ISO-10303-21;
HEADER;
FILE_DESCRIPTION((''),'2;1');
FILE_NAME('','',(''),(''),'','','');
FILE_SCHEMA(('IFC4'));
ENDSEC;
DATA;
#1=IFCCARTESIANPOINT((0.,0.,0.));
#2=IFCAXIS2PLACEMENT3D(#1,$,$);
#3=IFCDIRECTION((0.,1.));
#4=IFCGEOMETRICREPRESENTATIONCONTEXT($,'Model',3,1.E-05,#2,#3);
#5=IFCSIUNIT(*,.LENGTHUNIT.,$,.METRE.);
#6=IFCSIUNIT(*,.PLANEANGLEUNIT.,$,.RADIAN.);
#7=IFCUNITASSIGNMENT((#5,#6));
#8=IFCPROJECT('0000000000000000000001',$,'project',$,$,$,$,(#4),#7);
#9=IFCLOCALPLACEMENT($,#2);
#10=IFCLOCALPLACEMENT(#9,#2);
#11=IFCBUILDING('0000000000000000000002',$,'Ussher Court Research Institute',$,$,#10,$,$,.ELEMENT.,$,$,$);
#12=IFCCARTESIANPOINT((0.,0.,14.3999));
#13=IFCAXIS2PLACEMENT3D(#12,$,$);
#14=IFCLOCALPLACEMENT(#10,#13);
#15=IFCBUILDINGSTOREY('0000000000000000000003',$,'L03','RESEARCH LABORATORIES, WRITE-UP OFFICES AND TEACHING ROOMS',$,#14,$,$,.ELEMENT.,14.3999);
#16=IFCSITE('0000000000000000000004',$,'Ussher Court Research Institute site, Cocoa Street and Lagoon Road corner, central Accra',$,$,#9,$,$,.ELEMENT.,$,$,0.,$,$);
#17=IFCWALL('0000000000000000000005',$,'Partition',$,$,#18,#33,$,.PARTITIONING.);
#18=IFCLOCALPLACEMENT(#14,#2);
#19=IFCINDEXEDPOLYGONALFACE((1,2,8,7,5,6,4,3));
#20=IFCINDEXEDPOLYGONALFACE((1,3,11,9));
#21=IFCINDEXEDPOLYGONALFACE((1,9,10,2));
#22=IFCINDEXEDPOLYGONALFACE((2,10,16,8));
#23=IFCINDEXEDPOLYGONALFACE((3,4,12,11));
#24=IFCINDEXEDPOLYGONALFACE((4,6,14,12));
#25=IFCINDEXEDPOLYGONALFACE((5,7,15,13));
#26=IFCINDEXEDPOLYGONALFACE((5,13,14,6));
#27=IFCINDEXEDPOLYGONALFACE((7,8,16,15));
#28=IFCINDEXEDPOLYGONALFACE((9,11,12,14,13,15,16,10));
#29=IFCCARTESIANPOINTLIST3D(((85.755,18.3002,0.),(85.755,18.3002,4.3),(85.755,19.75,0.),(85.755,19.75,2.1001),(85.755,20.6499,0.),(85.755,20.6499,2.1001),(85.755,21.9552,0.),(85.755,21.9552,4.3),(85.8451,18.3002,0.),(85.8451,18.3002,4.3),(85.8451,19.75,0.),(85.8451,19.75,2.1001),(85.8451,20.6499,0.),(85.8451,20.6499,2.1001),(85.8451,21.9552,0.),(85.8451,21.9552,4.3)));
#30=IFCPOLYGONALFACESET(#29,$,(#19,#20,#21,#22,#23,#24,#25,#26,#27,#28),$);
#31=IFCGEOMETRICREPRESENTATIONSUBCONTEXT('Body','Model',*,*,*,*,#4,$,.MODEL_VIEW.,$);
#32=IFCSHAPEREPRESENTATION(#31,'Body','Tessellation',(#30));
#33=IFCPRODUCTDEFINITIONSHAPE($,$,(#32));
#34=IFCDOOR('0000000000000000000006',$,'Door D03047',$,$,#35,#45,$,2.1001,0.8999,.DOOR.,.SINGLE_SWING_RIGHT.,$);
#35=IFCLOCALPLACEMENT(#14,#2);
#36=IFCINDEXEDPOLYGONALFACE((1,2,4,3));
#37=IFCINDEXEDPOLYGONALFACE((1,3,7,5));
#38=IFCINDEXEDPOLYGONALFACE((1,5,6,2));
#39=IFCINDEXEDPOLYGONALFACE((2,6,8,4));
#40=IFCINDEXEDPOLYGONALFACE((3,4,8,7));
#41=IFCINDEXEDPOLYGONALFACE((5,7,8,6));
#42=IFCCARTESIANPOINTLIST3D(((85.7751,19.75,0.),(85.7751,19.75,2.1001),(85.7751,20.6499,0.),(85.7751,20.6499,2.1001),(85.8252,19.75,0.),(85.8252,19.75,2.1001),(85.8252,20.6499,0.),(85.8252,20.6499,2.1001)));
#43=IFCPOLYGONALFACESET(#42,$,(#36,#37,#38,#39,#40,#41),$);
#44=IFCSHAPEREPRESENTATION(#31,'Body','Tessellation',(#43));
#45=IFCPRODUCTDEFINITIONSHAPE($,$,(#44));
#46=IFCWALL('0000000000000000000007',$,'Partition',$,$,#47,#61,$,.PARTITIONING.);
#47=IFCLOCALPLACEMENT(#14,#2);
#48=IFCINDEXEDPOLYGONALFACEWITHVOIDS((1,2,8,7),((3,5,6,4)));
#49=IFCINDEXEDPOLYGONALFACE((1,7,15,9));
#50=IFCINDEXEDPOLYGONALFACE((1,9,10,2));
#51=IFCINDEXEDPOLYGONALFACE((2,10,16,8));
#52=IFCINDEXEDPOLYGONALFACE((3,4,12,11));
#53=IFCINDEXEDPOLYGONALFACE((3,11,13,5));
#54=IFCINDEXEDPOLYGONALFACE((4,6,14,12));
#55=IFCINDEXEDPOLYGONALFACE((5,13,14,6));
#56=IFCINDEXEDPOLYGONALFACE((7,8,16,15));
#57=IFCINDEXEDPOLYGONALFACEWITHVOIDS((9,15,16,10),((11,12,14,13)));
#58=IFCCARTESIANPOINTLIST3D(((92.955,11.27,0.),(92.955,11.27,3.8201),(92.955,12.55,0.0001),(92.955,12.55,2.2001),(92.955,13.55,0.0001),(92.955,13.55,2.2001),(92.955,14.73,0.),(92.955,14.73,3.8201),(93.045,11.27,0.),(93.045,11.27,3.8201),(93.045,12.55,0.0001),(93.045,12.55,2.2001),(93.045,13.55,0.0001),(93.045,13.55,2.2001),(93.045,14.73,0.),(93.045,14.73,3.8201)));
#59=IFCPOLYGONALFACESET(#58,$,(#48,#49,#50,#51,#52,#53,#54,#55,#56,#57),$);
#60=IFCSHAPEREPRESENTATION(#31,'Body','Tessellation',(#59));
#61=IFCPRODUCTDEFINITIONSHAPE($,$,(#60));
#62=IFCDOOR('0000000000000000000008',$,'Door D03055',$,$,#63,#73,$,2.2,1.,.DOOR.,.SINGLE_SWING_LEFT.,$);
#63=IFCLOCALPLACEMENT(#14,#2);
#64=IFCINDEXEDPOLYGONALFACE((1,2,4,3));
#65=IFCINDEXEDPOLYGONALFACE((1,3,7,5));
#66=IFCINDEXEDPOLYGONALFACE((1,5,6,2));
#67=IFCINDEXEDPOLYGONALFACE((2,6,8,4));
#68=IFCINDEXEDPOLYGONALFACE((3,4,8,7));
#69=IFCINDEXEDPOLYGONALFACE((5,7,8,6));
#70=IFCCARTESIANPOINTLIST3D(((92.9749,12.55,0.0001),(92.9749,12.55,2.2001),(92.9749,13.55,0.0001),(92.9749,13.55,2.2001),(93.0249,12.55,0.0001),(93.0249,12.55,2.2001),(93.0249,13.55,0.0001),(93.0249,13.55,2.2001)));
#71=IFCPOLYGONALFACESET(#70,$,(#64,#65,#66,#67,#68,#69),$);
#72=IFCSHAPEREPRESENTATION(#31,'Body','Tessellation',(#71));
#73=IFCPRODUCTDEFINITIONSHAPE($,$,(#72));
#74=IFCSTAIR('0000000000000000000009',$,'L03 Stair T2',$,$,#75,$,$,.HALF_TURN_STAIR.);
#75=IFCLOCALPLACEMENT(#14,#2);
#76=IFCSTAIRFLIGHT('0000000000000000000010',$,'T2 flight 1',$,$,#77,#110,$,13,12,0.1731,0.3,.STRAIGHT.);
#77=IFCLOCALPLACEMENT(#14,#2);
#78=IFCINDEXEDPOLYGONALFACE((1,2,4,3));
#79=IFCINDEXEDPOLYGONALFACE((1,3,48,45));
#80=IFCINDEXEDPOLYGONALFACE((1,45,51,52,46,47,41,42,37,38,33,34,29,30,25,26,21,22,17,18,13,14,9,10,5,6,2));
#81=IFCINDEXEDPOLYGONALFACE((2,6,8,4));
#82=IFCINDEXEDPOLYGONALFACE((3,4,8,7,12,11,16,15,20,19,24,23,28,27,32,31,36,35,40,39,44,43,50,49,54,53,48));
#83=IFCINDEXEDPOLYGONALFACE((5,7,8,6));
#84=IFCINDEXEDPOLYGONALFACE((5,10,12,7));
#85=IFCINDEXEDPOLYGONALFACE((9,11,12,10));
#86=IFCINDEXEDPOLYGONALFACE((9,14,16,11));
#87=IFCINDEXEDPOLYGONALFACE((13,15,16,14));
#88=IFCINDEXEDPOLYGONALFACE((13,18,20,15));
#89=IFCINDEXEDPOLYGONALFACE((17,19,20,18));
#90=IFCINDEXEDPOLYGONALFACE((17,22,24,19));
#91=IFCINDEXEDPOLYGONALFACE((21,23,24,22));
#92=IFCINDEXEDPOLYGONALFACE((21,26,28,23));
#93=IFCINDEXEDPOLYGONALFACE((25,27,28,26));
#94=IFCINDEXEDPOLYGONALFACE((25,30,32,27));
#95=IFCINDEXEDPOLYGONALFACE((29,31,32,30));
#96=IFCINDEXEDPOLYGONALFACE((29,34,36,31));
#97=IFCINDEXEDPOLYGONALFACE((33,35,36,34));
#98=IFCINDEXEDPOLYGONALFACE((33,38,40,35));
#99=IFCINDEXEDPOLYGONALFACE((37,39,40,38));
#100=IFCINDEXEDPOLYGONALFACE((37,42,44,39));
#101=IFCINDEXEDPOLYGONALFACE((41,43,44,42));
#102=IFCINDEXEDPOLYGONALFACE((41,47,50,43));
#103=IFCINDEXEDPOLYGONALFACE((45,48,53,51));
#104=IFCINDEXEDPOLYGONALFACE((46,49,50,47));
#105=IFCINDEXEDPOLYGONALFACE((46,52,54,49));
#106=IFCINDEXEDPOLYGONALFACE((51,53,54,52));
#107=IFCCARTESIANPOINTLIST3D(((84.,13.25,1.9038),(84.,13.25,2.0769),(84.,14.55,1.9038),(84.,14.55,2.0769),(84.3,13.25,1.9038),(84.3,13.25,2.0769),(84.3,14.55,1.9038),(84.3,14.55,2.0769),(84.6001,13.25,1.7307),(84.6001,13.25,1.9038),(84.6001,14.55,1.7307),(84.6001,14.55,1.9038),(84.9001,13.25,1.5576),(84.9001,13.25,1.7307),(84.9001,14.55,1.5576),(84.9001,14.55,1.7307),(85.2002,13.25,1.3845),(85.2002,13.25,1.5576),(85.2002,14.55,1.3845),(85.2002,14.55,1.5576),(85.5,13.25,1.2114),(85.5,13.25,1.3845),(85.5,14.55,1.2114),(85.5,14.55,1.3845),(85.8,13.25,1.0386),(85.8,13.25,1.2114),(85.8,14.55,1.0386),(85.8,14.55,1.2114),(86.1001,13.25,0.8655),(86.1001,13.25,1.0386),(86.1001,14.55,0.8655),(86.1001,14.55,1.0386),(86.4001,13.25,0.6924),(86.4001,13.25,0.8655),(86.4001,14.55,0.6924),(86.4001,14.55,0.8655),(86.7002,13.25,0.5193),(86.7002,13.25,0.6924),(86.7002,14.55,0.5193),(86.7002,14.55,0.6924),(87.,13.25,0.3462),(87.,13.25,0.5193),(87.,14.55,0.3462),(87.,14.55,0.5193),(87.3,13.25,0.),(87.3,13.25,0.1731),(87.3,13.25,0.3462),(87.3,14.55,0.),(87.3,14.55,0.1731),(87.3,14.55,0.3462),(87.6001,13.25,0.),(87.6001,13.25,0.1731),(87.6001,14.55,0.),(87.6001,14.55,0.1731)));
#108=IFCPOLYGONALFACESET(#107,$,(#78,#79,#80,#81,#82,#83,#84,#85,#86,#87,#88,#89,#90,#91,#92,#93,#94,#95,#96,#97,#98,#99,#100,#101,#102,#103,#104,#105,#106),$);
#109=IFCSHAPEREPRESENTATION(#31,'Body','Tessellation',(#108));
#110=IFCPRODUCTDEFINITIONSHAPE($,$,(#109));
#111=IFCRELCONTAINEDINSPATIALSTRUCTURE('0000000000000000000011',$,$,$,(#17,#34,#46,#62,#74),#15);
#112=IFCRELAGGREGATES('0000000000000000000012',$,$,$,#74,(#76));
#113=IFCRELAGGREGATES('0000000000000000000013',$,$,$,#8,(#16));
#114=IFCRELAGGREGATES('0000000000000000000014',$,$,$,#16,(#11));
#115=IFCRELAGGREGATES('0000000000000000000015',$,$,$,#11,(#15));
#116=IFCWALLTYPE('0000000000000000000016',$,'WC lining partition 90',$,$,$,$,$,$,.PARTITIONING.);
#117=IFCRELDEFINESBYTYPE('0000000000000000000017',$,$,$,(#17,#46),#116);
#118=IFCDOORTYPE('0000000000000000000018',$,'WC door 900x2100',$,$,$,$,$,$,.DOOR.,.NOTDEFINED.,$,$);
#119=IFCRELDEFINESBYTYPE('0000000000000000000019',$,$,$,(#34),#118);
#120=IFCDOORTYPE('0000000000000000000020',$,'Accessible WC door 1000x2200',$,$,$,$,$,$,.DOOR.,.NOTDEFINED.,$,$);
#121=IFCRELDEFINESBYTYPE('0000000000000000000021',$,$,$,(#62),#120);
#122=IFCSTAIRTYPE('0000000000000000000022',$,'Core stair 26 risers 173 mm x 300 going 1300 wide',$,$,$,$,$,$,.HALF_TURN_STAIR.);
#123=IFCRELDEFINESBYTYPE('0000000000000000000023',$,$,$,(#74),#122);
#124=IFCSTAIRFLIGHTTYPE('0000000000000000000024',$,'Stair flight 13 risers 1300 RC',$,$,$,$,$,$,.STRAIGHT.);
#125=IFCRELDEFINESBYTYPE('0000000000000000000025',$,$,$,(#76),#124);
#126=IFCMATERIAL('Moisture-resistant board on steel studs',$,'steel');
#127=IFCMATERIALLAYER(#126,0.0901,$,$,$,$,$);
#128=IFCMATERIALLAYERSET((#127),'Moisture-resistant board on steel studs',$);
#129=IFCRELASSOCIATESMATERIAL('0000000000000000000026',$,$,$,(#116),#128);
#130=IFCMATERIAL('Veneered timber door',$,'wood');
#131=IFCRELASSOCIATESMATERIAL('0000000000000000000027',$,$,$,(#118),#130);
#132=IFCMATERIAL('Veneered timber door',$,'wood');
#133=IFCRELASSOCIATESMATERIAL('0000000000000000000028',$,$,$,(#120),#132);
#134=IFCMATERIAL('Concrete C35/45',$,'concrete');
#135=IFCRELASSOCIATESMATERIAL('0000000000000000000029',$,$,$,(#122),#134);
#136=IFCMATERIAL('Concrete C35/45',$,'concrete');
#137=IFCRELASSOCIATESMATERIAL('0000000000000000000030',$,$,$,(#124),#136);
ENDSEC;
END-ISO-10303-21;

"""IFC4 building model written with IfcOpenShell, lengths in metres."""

from ifc_helpers import new_model, si_unit, direction, frame, frame_2d, origin, place, context, subcontext, project, spatial, polyline, rectangle, outline, extrude, material, layer, layer_set, type_object, element, fill, aggregate, save


model = new_model("IFC4")

# Units and contexts
model_context = context("Model", 3, precision=1e-05, world=origin(), true_north=direction((0.0, 1.0)))
body_context = subcontext(model_context, "Body", "Model", "MODEL_VIEW")
ifc_project = project(units=[si_unit("LENGTHUNIT", "METRE"), si_unit("PLANEANGLEUNIT", "RADIAN")], contexts=[model_context])

# Site, building, storey
site_placement = place(None, origin())
site = spatial("IfcSite", under=ifc_project, at=site_placement, Name="Ussher Court Research Institute site, Cocoa Street and Lagoon Road corner, central Accra", CompositionType="ELEMENT", RefElevation=0.0)
building_placement = place(site_placement, origin())
building = spatial("IfcBuilding", under=site, at=building_placement, Name="Ussher Court Research Institute", CompositionType="ELEMENT")
storey_placement = place(building_placement, frame((0.0, 0.0, 14.3999)))
storey = spatial("IfcBuildingStorey", under=building, at=storey_placement, Name="L03", Description="RESEARCH LABORATORIES, WRITE-UP OFFICES AND TEACHING ROOMS", CompositionType="ELEMENT", Elevation=14.3999)

# Walls, openings, doors
ifc_material_1 = material(Name="Moisture-resistant board on steel studs", Category="steel")
ifc_layer_1 = layer(ifc_material_1, 0.0901)
ifc_layer_set_1 = layer_set([ifc_layer_1], Name="Moisture-resistant board on steel studs")
wall_type_1 = type_object("IfcWallType", Name="WC lining partition 90", PredefinedType="PARTITIONING", material=ifc_layer_set_1)
wall_1_placement = place(storey_placement, frame((85.8, 18.3, 0.0), z_axis=(0.0, 0.0, 1.0), x_axis=(0.0, 1.0, 0.0)))
wall_1 = element("IfcWall", 1, at=wall_1_placement, inside=storey, type_object=wall_type_1, Name="Partition", PredefinedType="PARTITIONING", context=body_context, shape_type="SweptSolid", body=[
    extrude(rectangle(XDim=3.655, YDim=0.0901, at=frame_2d((1.8276, 0.0))), origin(), (0.0, 0.0, 1.0), 4.3),
])
opening_1_placement = place(wall_1_placement, frame((1.45, 0.0, 0.0)))
opening_1 = element("IfcOpeningElement", 2, at=opening_1_placement, cuts=wall_1, PredefinedType="OPENING", context=body_context, shape_type="SweptSolid", body=[
    extrude(rectangle(XDim=0.8999, YDim=2.1001, at=frame_2d((0.45, 1.05))), frame((0.0, 0.0552, 0.0), z_axis=(0.0, -1.0, 0.0), x_axis=(1.0, 0.0, 0.0)), (0.0, 0.0, 1.0), 0.1101),
])
ifc_material_2 = material(Name="Veneered timber door", Category="wood")
door_type_1 = type_object("IfcDoorType", Name="WC door 900x2100", OperationType="NOTDEFINED", PredefinedType="DOOR", material=ifc_material_2)
door_1_placement = place(opening_1_placement, origin())
door_1 = element("IfcDoor", 3, at=door_1_placement, inside=storey, type_object=door_type_1, Name="Door D03047", OperationType="SINGLE_SWING_RIGHT", OverallHeight=2.1001, OverallWidth=0.8999, PredefinedType="DOOR", context=body_context, shape_type="SweptSolid", body=[
    extrude(rectangle(XDim=0.8999, YDim=2.1001, at=frame_2d((0.45, 1.05))), frame((0.0, 0.0249, 0.0), z_axis=(0.0, -1.0, 0.0), x_axis=(1.0, 0.0, 0.0)), (0.0, 0.0, 1.0), 0.05),
])
fill(opening_1, door_1)
wall_2_placement = place(storey_placement, frame((93.0, 14.73, 0.0), z_axis=(0.0, 0.0, 1.0), x_axis=(0.0, -1.0, 0.0)))
wall_2 = element("IfcWall", 4, at=wall_2_placement, inside=storey, type_object=wall_type_1, Name="Partition", PredefinedType="PARTITIONING", context=body_context, shape_type="SweptSolid", body=[
    extrude(rectangle(XDim=3.46, YDim=0.0901, at=frame_2d((1.73, 0.0))), origin(), (0.0, 0.0, 1.0), 3.8201),
])
opening_2_placement = place(wall_2_placement, frame((1.1799, 0.0, 0.0)))
opening_2 = element("IfcOpeningElement", 5, at=opening_2_placement, cuts=wall_2, PredefinedType="OPENING", context=body_context, shape_type="SweptSolid", body=[
    extrude(rectangle(XDim=1.0, YDim=2.2, at=frame_2d((0.5, 1.1001))), frame((0.0, 0.0552, 0.0), z_axis=(0.0, -1.0, 0.0), x_axis=(1.0, 0.0, 0.0)), (0.0, 0.0, 1.0), 0.1101),
])
ifc_material_3 = material(Name="Veneered timber door", Category="wood")
door_type_2 = type_object("IfcDoorType", Name="Accessible WC door 1000x2200", OperationType="NOTDEFINED", PredefinedType="DOOR", material=ifc_material_3)
door_2_placement = place(opening_2_placement, origin())
door_2 = element("IfcDoor", 6, at=door_2_placement, inside=storey, type_object=door_type_2, Name="Door D03055", OperationType="SINGLE_SWING_LEFT", OverallHeight=2.2, OverallWidth=1.0, PredefinedType="DOOR", context=body_context, shape_type="SweptSolid", body=[
    extrude(rectangle(XDim=1.0, YDim=2.2, at=frame_2d((0.5, 1.1001))), frame((0.0, 0.0249, 0.0), z_axis=(0.0, -1.0, 0.0), x_axis=(1.0, 0.0, 0.0)), (0.0, 0.0, 1.0), 0.05),
])
fill(opening_2, door_2)

# Stair, stair flight
ifc_material_4 = material(Name="Concrete C35/45", Category="concrete")
stair_type = type_object("IfcStairType", Name="Core stair 26 risers 173 mm x 300 going 1300 wide", PredefinedType="HALF_TURN_STAIR", material=ifc_material_4)
stair_placement = place(storey_placement, origin())
stair = element("IfcStair", 7, at=stair_placement, inside=storey, type_object=stair_type, Name="L03 Stair T2", PredefinedType="HALF_TURN_STAIR")
ifc_material_5 = material(Name="Concrete C35/45", Category="concrete")
stair_flight_type = type_object("IfcStairFlightType", Name="Stair flight 13 risers 1300 RC", PredefinedType="STRAIGHT", material=ifc_material_5)
stair_flight_placement = place(storey_placement, frame((87.6001, 13.8999, 0.0), z_axis=(0.0, 0.0, 1.0), x_axis=(-1.0, 0.0, 0.0)))
stair_flight = element("IfcStairFlight", 8, at=stair_flight_placement, type_object=stair_flight_type, Name="T2 flight 1", NumberOfRisers=13, NumberOfTreads=12, PredefinedType="STRAIGHT", RiserHeight=0.1731, TreadLength=0.3, context=body_context, shape_type="SweptSolid", body=[
    extrude(outline(polyline([(0.0, 0.0), (0.0, 0.1731), (0.3, 0.1731), (0.3, 0.3462), (0.6001, 0.3462), (0.6001, 0.5193), (0.8999, 0.5193), (0.8999, 0.6924), (1.2, 0.6924), (1.2, 0.8655), (1.5, 0.8655), (1.5, 1.0386), (1.8, 1.0386), (1.8, 1.2114), (2.1001, 1.2114), (2.1001, 1.3845), (2.3999, 1.3845), (2.3999, 1.5576), (2.7, 1.5576), (2.7, 1.7307), (3.0, 1.7307), (3.0, 1.9038), (3.3, 1.9038), (3.3, 2.0769), (3.6001, 2.0769), (3.6001, 2.25), (3.6001, 1.9038), (0.3, 0.0), (0.0, 0.0)])), frame((0.0, 0.6499, 0.0), z_axis=(0.0, -1.0, 0.0), x_axis=(1.0, 0.0, 0.0)), (0.0, 0.0, 1.0), 1.3),
])
aggregate(stair, [stair_flight])

save(model, "model.ifc")
